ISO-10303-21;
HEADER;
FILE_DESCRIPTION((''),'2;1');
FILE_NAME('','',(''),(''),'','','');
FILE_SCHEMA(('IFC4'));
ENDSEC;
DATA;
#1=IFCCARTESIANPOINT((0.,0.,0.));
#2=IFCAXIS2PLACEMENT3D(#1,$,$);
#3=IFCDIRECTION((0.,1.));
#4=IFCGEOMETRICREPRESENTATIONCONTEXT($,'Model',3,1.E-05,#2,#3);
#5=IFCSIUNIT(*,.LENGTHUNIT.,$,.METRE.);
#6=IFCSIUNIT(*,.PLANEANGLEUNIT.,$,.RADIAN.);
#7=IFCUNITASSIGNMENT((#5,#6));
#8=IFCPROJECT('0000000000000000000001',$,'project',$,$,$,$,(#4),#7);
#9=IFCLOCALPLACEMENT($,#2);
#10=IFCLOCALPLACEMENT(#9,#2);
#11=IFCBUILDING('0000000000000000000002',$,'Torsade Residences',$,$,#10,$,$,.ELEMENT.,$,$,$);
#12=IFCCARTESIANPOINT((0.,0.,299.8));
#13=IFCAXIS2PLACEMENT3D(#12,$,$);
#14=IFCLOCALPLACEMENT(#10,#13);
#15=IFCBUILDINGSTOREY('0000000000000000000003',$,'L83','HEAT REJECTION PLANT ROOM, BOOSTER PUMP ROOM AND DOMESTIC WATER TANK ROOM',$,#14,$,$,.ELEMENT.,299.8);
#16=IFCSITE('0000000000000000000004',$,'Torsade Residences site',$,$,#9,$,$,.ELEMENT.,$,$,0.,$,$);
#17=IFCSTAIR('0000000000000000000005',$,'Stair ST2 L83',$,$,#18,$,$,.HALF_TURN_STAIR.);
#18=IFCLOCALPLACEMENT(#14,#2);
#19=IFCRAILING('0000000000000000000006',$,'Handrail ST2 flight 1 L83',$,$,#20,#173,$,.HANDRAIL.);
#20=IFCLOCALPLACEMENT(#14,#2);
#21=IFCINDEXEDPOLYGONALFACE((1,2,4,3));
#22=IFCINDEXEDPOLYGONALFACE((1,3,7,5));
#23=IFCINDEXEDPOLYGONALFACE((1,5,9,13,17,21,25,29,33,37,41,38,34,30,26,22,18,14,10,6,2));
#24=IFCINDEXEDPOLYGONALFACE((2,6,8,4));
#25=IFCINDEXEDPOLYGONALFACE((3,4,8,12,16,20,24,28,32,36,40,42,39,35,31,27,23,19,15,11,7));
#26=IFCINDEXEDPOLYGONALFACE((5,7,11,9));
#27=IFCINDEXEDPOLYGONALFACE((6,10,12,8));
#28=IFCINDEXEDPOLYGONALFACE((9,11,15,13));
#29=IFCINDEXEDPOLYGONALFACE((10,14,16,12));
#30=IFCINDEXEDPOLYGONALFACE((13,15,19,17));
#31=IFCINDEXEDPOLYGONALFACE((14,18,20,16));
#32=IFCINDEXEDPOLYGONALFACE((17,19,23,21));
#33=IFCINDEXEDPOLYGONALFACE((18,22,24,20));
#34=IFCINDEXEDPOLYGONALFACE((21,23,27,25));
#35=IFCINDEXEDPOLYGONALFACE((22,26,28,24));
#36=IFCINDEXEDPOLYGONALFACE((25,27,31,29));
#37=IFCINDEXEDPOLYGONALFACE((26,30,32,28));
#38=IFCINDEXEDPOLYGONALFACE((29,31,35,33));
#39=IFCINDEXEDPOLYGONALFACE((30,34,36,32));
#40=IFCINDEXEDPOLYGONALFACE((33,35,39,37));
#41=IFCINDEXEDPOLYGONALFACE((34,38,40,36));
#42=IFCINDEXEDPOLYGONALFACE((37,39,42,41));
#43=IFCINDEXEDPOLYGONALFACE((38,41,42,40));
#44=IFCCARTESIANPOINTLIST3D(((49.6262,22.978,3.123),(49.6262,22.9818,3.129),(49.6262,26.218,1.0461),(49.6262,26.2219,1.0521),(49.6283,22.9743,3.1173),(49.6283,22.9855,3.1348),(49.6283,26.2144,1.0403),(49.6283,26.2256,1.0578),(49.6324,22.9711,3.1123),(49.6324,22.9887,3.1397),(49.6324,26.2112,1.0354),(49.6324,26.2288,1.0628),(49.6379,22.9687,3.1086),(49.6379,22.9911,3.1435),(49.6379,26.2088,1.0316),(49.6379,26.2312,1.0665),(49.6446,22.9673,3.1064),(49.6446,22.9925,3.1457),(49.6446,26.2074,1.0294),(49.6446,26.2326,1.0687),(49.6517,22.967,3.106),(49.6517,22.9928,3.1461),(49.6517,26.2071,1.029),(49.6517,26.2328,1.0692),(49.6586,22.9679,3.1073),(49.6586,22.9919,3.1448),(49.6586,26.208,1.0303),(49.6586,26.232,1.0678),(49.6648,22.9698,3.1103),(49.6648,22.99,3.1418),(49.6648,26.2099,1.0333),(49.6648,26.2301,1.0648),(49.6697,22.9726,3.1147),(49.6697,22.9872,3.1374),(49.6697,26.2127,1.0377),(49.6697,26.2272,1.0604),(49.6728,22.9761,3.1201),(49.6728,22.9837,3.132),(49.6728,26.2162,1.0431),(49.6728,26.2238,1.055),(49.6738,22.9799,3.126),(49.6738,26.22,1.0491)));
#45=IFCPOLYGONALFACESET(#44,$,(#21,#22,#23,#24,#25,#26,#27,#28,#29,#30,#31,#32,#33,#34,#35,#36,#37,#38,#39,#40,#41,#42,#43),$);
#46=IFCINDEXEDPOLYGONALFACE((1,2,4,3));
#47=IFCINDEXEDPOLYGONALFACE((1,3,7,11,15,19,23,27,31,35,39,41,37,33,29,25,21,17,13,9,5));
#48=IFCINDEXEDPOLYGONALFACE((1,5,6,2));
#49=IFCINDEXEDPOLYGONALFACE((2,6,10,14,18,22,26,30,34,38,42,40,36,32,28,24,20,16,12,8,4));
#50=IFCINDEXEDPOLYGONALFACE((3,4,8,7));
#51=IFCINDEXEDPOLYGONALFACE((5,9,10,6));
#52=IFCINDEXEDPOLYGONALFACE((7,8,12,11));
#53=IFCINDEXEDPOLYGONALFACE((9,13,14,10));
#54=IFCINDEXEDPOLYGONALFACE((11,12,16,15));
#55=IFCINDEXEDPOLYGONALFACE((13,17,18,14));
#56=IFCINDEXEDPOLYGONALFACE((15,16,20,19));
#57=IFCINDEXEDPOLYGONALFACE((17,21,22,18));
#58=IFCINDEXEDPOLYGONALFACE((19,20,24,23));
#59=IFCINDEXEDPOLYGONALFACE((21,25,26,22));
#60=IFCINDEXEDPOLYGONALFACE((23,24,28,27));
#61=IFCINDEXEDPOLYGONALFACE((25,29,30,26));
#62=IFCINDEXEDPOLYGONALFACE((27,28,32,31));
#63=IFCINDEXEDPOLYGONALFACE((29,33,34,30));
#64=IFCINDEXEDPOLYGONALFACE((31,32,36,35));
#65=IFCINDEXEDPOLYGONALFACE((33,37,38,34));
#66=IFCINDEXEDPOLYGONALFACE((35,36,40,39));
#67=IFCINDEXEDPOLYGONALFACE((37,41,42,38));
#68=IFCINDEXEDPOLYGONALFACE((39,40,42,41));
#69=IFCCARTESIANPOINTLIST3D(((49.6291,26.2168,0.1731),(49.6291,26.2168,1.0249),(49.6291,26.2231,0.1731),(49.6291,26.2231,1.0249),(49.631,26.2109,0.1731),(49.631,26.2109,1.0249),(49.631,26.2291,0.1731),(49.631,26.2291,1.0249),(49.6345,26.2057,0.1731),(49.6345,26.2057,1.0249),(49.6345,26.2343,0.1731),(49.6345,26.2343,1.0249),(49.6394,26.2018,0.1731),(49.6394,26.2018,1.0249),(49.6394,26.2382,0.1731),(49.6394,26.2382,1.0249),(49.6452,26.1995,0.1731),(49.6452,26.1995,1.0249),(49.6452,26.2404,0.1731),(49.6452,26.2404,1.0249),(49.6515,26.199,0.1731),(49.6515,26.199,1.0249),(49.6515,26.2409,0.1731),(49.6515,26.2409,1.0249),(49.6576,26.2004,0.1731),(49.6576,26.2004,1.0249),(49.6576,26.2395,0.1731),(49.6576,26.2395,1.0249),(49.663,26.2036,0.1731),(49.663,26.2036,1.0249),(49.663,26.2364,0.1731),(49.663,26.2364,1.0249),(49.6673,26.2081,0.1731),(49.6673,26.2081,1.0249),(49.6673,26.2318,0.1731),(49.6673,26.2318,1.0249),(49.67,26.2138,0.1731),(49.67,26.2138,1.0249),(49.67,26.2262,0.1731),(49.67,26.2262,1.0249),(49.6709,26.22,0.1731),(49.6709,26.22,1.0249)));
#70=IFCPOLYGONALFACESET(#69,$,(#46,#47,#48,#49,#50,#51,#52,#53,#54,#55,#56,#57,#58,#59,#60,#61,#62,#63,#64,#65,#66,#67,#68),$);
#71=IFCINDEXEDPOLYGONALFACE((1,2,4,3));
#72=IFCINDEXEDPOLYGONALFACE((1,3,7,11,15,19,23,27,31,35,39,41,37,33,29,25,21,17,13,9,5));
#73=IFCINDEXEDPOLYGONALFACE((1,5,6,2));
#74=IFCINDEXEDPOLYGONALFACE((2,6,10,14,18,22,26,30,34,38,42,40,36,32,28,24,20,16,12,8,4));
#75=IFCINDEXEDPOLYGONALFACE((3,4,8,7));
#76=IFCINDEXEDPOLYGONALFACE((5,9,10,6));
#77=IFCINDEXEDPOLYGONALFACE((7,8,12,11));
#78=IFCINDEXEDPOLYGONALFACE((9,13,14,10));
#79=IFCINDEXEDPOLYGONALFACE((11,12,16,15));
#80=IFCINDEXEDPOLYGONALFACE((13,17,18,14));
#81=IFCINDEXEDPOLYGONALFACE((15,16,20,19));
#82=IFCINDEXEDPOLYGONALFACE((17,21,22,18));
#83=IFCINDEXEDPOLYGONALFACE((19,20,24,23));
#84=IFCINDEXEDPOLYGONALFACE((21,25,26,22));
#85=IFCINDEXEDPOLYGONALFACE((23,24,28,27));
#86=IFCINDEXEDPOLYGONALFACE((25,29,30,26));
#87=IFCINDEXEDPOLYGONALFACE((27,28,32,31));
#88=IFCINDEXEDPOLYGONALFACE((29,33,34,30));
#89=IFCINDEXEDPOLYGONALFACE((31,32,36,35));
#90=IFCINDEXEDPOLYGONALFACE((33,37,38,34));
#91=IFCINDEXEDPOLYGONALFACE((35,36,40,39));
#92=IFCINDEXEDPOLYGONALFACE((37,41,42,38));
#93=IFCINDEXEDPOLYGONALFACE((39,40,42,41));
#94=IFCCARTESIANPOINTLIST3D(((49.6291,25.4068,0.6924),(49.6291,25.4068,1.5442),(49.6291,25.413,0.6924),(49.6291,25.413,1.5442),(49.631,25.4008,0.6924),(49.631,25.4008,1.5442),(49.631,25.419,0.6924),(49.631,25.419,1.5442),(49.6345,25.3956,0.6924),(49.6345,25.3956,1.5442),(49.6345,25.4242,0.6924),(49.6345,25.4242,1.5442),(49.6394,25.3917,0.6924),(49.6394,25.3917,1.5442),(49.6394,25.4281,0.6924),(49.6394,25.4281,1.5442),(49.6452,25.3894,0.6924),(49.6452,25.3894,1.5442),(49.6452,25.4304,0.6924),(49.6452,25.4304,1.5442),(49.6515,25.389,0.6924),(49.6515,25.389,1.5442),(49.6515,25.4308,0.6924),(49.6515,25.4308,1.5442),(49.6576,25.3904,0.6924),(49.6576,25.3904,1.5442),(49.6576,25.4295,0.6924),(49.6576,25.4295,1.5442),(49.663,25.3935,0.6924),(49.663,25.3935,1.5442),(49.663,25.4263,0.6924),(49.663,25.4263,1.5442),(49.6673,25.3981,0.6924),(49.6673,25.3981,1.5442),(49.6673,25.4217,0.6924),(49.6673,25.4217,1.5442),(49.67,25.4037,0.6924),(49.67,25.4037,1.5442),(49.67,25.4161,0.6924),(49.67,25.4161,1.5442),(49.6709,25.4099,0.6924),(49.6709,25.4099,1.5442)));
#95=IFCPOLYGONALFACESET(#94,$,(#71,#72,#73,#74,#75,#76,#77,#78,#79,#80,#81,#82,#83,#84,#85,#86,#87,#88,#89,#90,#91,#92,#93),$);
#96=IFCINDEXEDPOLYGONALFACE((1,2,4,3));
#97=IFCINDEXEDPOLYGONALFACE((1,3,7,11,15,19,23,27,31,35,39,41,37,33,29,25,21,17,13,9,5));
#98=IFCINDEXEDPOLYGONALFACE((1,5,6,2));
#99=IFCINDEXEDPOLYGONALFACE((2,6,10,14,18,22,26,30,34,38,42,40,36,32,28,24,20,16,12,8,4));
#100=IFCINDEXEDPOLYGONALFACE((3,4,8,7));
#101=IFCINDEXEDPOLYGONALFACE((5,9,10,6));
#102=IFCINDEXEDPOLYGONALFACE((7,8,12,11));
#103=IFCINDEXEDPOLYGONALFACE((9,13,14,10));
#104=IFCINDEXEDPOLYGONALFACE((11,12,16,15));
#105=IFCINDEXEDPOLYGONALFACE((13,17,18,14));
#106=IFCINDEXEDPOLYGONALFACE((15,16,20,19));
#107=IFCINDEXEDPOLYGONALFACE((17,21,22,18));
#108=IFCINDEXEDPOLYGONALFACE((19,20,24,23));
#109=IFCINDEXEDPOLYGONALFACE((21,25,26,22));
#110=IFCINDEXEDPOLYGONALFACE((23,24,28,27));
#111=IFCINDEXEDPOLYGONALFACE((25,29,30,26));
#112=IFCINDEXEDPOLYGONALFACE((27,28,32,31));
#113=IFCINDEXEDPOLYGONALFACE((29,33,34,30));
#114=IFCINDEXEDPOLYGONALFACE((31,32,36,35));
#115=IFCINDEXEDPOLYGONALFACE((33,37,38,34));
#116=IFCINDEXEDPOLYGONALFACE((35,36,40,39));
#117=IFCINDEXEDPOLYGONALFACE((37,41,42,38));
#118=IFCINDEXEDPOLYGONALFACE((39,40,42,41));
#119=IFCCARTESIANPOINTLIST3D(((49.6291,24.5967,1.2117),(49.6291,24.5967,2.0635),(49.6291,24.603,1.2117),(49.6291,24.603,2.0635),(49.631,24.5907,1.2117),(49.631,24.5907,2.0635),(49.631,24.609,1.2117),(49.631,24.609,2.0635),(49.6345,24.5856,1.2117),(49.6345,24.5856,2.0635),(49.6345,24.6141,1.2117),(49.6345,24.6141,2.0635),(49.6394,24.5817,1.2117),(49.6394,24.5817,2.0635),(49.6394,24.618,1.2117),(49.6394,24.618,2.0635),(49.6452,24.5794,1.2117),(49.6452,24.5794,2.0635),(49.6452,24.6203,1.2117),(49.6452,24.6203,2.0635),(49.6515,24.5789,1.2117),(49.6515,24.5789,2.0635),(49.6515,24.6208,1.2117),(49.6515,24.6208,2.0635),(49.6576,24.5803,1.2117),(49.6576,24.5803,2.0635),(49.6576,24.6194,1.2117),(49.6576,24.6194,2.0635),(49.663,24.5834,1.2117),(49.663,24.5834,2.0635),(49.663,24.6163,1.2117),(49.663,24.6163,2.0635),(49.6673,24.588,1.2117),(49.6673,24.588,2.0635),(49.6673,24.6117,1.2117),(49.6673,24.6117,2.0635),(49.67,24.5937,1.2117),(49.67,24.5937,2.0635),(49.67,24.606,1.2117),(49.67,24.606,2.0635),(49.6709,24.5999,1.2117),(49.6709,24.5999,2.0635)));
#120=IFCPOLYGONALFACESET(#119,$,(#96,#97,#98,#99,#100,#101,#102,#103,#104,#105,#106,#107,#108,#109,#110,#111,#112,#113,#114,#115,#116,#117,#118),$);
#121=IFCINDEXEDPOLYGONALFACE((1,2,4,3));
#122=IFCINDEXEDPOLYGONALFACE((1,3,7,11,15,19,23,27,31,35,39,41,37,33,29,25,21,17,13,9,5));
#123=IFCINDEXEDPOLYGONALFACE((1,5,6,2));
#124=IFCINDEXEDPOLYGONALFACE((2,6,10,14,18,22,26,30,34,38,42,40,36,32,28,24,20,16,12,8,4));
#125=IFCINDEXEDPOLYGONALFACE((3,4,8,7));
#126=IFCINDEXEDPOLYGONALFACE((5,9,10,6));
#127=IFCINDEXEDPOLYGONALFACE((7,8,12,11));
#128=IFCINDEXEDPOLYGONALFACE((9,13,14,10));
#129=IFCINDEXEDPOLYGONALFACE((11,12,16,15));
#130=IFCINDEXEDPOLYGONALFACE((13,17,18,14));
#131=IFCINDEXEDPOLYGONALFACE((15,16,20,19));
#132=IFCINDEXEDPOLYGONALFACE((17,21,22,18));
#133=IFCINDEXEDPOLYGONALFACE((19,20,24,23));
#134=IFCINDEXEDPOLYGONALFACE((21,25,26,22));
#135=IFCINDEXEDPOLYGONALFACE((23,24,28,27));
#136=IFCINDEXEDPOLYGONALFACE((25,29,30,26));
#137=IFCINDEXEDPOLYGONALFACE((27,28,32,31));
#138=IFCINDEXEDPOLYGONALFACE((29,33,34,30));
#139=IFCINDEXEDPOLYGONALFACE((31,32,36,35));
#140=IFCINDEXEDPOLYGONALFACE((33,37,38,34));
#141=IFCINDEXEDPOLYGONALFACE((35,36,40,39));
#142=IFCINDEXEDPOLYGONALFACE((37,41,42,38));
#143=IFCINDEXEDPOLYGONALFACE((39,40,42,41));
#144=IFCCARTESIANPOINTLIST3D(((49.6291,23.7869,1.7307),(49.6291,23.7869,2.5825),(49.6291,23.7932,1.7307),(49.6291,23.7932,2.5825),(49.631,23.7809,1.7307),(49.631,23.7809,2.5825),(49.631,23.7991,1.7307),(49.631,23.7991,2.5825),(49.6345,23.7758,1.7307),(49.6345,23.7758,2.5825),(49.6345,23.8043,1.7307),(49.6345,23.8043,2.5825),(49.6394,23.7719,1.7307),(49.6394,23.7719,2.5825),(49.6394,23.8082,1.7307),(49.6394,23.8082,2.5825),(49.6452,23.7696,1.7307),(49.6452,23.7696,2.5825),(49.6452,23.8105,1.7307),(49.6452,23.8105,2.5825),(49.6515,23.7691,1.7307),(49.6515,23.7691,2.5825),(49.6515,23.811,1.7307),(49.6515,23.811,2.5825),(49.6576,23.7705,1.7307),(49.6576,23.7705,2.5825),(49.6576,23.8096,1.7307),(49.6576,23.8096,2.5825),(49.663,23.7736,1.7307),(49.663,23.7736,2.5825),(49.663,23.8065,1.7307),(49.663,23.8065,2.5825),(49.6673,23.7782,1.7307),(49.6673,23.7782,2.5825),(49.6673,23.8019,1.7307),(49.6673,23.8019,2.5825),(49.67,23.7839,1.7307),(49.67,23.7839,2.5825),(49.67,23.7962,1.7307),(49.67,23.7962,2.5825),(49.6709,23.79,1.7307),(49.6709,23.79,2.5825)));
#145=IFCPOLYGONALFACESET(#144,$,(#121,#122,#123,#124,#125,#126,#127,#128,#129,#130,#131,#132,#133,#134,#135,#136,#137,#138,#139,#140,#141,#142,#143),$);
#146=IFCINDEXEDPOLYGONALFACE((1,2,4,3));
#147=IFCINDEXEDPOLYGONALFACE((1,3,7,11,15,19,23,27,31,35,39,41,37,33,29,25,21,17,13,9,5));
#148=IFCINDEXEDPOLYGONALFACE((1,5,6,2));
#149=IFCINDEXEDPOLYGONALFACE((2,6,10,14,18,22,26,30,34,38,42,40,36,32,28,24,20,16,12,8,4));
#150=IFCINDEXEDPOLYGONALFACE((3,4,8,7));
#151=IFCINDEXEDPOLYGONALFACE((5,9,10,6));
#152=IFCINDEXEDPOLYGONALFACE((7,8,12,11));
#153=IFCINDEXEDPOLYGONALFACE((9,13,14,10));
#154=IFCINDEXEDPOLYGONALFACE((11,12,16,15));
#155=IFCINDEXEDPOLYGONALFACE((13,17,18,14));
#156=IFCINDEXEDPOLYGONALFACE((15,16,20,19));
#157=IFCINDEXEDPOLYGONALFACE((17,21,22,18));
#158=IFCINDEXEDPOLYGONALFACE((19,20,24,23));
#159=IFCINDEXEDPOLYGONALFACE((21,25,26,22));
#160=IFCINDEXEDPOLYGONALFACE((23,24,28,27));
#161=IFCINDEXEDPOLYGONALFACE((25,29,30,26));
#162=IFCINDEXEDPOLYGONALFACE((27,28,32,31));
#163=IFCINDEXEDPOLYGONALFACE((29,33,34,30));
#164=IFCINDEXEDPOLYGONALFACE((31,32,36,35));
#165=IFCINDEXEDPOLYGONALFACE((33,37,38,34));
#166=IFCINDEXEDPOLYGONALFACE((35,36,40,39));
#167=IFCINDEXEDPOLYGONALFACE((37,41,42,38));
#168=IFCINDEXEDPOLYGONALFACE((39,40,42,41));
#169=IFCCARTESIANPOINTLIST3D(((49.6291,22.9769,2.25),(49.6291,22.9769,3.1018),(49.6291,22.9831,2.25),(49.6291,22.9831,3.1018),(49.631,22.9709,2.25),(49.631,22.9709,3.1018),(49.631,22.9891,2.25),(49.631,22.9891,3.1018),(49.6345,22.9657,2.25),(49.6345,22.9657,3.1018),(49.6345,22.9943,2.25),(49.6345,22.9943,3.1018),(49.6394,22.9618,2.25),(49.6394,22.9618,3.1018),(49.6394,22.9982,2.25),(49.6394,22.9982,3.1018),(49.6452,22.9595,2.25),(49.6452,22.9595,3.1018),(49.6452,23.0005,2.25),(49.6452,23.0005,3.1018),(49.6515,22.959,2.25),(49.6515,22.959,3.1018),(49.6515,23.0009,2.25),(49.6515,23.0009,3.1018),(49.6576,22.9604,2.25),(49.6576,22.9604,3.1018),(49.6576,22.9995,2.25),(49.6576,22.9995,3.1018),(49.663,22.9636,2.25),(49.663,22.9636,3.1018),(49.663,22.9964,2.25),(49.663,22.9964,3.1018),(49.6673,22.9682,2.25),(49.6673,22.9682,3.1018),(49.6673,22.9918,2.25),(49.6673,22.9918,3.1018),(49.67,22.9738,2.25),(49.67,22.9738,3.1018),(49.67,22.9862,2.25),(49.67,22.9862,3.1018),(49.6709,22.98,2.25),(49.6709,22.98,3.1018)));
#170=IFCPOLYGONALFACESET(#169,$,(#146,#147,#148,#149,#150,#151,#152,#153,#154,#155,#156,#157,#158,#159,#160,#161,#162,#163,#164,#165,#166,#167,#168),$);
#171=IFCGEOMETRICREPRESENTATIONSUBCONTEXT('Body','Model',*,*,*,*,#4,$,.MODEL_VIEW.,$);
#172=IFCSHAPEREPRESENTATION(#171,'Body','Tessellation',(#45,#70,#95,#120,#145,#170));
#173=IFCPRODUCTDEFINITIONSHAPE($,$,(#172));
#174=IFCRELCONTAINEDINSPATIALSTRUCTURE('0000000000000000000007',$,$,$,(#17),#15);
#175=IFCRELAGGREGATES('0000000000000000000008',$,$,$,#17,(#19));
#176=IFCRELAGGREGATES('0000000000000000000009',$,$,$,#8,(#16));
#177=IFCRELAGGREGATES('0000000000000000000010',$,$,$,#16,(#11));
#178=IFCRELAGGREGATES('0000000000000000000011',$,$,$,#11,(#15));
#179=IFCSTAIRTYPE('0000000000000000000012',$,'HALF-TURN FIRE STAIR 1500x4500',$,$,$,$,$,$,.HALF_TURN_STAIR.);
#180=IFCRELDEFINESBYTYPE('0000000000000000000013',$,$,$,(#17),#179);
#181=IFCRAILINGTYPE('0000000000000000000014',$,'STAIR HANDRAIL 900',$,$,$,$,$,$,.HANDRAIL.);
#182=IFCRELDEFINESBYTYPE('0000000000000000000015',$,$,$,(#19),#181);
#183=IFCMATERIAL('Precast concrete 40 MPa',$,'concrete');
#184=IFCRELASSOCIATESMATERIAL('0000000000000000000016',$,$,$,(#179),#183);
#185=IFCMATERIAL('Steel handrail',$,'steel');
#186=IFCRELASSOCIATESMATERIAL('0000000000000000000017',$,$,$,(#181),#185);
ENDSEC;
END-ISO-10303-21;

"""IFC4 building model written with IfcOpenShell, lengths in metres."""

from ifc_helpers import new_model, si_unit, direction, frame, origin, origin_2d, place, context, subcontext, project, spatial, circle, extrude, material, type_object, element, aggregate, save


model = new_model("IFC4")

# Units and contexts
model_context = context("Model", 3, precision=1e-05, world=origin(), true_north=direction((0.0, 1.0)))
body_context = subcontext(model_context, "Body", "Model", "MODEL_VIEW")
ifc_project = project(units=[si_unit("LENGTHUNIT", "METRE"), si_unit("PLANEANGLEUNIT", "RADIAN")], contexts=[model_context])

# Site, building, storey
site_placement = place(None, origin())
site = spatial("IfcSite", under=ifc_project, at=site_placement, Name="Torsade Residences site", CompositionType="ELEMENT", RefElevation=0.0)
building_placement = place(site_placement, origin())
building = spatial("IfcBuilding", under=site, at=building_placement, Name="Torsade Residences", CompositionType="ELEMENT")
storey_placement = place(building_placement, frame((0.0, 0.0, 299.8)))
storey = spatial("IfcBuildingStorey", under=building, at=storey_placement, Name="L83", Description="HEAT REJECTION PLANT ROOM, BOOSTER PUMP ROOM AND DOMESTIC WATER TANK ROOM", CompositionType="ELEMENT", Elevation=299.8)

# Stair, railing
ifc_material_1 = material(Name="Precast concrete 40 MPa", Category="concrete")
stair_type = type_object("IfcStairType", Name="HALF-TURN FIRE STAIR 1500x4500", PredefinedType="HALF_TURN_STAIR", material=ifc_material_1)
stair_placement = place(storey_placement, origin())
stair = element("IfcStair", 1, at=stair_placement, inside=storey, type_object=stair_type, Name="Stair ST2 L83", PredefinedType="HALF_TURN_STAIR")
ifc_material_2 = material(Name="Steel handrail", Category="steel")
railing_type = type_object("IfcRailingType", Name="STAIR HANDRAIL 900", PredefinedType="HANDRAIL", material=ifc_material_2)
railing_1_placement = place(storey_placement, frame((49.6499, 26.22, 0.1731)))
railing_1 = element("IfcRailing", 2, at=railing_1_placement, type_object=railing_type, Name="Handrail ST2 flight 1 L83", PredefinedType="HANDRAIL", context=body_context, shape_type="SweptSolid", body=[
    extrude(circle(Radius=0.0239, at=origin_2d()), frame((0.0, 0.0, 0.876), z_axis=(0.0, -0.841881, 0.539664), x_axis=(1.0, 0.0, 0.0)), (0.0, 0.0, 1.0), 3.8486),
    extrude(circle(Radius=0.021, at=origin_2d()), origin(), (0.0, 0.0, 1.0), 0.8518),
    extrude(circle(Radius=0.021, at=origin_2d()), frame((0.0, -0.8101, 0.5193)), (0.0, 0.0, 1.0), 0.8518),
    extrude(circle(Radius=0.021, at=origin_2d()), frame((0.0, -1.6201, 1.0386)), (0.0, 0.0, 1.0), 0.8518),
    extrude(circle(Radius=0.021, at=origin_2d()), frame((0.0, -2.4299, 1.5576)), (0.0, 0.0, 1.0), 0.8518),
    extrude(circle(Radius=0.021, at=origin_2d()), frame((0.0, -3.24, 2.0769)), (0.0, 0.0, 1.0), 0.8518),
])
aggregate(stair, [railing_1])

save(model, "model.ifc")
